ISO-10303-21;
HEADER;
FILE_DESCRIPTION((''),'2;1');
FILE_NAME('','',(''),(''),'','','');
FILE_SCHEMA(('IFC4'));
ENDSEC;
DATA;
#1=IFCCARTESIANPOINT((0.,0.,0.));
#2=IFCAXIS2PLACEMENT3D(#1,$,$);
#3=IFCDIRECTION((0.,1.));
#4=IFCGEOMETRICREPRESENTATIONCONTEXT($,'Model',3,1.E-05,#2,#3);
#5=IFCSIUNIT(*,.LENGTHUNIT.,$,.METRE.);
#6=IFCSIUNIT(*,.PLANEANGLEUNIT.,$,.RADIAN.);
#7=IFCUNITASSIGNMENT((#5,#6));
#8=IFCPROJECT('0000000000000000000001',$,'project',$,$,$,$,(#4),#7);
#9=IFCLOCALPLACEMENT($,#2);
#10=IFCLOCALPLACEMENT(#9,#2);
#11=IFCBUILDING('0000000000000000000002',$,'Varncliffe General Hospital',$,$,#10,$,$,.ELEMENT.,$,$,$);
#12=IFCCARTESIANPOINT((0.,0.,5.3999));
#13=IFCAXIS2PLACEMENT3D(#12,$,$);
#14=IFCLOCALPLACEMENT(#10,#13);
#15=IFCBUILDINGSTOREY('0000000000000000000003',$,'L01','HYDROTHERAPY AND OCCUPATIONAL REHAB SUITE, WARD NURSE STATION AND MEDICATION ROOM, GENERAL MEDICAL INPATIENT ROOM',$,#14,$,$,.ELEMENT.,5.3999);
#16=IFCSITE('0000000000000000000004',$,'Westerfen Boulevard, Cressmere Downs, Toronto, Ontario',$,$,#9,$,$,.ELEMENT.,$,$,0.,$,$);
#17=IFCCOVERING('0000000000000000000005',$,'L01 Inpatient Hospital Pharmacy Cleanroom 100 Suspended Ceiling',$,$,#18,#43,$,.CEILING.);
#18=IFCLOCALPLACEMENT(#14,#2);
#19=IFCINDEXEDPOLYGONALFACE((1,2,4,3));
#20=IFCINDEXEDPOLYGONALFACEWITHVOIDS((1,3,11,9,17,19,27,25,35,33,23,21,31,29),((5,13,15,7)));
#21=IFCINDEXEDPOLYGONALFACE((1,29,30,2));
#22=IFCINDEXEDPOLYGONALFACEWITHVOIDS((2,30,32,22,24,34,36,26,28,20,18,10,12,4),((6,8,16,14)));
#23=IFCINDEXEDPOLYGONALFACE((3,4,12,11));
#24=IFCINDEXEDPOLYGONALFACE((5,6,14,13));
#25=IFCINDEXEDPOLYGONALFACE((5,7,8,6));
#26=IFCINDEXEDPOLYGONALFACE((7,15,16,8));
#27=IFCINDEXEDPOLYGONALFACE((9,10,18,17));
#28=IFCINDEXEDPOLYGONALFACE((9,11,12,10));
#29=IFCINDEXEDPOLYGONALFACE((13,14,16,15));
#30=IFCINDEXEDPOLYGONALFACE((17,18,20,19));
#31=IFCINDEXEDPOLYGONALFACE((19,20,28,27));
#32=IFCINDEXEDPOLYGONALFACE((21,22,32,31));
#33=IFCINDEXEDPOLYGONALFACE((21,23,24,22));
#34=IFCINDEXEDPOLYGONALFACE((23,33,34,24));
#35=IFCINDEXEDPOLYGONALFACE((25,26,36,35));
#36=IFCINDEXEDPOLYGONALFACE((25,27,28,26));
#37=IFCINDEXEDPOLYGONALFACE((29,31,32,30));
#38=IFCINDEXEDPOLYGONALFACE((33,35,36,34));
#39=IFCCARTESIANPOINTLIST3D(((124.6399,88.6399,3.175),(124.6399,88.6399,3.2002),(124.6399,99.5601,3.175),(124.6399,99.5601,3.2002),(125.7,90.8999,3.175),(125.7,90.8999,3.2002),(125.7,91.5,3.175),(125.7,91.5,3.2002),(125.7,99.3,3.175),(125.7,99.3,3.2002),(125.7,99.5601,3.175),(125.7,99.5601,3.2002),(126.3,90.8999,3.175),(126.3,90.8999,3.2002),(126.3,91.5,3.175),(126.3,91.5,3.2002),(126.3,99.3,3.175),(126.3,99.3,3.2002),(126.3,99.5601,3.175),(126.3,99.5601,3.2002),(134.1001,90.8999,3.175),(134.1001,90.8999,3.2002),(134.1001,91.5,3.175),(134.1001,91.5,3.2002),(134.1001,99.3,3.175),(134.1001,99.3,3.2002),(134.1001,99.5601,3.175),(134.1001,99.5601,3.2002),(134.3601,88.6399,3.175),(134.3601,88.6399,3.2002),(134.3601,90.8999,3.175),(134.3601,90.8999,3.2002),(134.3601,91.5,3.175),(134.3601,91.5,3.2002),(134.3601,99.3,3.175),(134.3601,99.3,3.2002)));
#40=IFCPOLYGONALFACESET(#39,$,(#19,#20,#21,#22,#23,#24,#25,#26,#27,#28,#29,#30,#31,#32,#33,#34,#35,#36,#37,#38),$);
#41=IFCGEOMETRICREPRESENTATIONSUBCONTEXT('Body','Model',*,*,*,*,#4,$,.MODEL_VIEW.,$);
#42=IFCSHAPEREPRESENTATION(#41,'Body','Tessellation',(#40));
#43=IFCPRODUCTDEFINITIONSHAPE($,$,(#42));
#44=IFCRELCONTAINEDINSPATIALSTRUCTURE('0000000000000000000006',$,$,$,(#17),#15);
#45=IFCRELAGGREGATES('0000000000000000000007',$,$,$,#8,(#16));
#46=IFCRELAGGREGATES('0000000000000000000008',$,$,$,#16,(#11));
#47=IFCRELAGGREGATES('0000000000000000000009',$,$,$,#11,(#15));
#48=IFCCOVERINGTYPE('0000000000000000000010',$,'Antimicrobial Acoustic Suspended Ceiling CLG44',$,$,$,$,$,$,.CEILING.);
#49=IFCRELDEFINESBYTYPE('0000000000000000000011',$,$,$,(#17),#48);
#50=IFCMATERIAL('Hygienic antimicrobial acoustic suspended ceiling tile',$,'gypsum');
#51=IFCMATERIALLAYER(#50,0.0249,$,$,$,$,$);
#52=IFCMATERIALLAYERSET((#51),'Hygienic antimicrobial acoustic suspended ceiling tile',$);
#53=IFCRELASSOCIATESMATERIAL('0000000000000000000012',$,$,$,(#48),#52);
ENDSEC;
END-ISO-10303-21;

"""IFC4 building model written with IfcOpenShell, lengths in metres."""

from ifc_helpers import new_model, si_unit, direction, frame, origin, place, context, subcontext, project, spatial, polyline, outline, extrude, material, layer, layer_set, type_object, element, save


model = new_model("IFC4")

# Units and contexts
model_context = context("Model", 3, precision=1e-05, world=origin(), true_north=direction((0.0, 1.0)))
body_context = subcontext(model_context, "Body", "Model", "MODEL_VIEW")
ifc_project = project(units=[si_unit("LENGTHUNIT", "METRE"), si_unit("PLANEANGLEUNIT", "RADIAN")], contexts=[model_context])

# Site, building, storey
site_placement = place(None, origin())
site = spatial("IfcSite", under=ifc_project, at=site_placement, Name="Westerfen Boulevard, Cressmere Downs, Toronto, Ontario", CompositionType="ELEMENT", RefElevation=0.0)
building_placement = place(site_placement, origin())
building = spatial("IfcBuilding", under=site, at=building_placement, Name="Varncliffe General Hospital", CompositionType="ELEMENT")
storey_placement = place(building_placement, frame((0.0, 0.0, 5.3999)))
storey = spatial("IfcBuildingStorey", under=building, at=storey_placement, Name="L01", Description="HYDROTHERAPY AND OCCUPATIONAL REHAB SUITE, WARD NURSE STATION AND MEDICATION ROOM, GENERAL MEDICAL INPATIENT ROOM", CompositionType="ELEMENT", Elevation=5.3999)

# Covering
ifc_material_1 = material(Name="Hygienic antimicrobial acoustic suspended ceiling tile", Category="gypsum")
ifc_layer_1 = layer(ifc_material_1, 0.0249)
ifc_layer_set_1 = layer_set([ifc_layer_1], Name="Hygienic antimicrobial acoustic suspended ceiling tile")
covering_type = type_object("IfcCoveringType", Name="Antimicrobial Acoustic Suspended Ceiling CLG44", PredefinedType="CEILING", material=ifc_layer_set_1)
covering_1_placement = place(storey_placement, frame((0.0, 0.0, 3.175)))
element("IfcCovering", 1, at=covering_1_placement, inside=storey, type_object=covering_type, Name="L01 Inpatient Hospital Pharmacy Cleanroom 100 Suspended Ceiling", PredefinedType="CEILING", context=body_context, shape_type="SweptSolid", body=[
    extrude(outline(polyline([(134.1001, 91.5), (134.1001, 90.8999), (134.3601, 90.8999), (134.3601, 88.6399), (124.6399, 88.6399), (124.6399, 99.5601), (125.7, 99.5601), (125.7, 99.3), (126.3, 99.3), (126.3, 99.5601), (134.1001, 99.5601), (134.1001, 99.3), (134.3601, 99.3), (134.3601, 91.5), (134.1001, 91.5)]), holes=[polyline([(126.3, 90.8999), (126.3, 91.5), (125.7, 91.5), (125.7, 90.8999), (126.3, 90.8999)])]), origin(), (0.0, 0.0, 1.0), 0.0251),
])

save(model, "model.ifc")
